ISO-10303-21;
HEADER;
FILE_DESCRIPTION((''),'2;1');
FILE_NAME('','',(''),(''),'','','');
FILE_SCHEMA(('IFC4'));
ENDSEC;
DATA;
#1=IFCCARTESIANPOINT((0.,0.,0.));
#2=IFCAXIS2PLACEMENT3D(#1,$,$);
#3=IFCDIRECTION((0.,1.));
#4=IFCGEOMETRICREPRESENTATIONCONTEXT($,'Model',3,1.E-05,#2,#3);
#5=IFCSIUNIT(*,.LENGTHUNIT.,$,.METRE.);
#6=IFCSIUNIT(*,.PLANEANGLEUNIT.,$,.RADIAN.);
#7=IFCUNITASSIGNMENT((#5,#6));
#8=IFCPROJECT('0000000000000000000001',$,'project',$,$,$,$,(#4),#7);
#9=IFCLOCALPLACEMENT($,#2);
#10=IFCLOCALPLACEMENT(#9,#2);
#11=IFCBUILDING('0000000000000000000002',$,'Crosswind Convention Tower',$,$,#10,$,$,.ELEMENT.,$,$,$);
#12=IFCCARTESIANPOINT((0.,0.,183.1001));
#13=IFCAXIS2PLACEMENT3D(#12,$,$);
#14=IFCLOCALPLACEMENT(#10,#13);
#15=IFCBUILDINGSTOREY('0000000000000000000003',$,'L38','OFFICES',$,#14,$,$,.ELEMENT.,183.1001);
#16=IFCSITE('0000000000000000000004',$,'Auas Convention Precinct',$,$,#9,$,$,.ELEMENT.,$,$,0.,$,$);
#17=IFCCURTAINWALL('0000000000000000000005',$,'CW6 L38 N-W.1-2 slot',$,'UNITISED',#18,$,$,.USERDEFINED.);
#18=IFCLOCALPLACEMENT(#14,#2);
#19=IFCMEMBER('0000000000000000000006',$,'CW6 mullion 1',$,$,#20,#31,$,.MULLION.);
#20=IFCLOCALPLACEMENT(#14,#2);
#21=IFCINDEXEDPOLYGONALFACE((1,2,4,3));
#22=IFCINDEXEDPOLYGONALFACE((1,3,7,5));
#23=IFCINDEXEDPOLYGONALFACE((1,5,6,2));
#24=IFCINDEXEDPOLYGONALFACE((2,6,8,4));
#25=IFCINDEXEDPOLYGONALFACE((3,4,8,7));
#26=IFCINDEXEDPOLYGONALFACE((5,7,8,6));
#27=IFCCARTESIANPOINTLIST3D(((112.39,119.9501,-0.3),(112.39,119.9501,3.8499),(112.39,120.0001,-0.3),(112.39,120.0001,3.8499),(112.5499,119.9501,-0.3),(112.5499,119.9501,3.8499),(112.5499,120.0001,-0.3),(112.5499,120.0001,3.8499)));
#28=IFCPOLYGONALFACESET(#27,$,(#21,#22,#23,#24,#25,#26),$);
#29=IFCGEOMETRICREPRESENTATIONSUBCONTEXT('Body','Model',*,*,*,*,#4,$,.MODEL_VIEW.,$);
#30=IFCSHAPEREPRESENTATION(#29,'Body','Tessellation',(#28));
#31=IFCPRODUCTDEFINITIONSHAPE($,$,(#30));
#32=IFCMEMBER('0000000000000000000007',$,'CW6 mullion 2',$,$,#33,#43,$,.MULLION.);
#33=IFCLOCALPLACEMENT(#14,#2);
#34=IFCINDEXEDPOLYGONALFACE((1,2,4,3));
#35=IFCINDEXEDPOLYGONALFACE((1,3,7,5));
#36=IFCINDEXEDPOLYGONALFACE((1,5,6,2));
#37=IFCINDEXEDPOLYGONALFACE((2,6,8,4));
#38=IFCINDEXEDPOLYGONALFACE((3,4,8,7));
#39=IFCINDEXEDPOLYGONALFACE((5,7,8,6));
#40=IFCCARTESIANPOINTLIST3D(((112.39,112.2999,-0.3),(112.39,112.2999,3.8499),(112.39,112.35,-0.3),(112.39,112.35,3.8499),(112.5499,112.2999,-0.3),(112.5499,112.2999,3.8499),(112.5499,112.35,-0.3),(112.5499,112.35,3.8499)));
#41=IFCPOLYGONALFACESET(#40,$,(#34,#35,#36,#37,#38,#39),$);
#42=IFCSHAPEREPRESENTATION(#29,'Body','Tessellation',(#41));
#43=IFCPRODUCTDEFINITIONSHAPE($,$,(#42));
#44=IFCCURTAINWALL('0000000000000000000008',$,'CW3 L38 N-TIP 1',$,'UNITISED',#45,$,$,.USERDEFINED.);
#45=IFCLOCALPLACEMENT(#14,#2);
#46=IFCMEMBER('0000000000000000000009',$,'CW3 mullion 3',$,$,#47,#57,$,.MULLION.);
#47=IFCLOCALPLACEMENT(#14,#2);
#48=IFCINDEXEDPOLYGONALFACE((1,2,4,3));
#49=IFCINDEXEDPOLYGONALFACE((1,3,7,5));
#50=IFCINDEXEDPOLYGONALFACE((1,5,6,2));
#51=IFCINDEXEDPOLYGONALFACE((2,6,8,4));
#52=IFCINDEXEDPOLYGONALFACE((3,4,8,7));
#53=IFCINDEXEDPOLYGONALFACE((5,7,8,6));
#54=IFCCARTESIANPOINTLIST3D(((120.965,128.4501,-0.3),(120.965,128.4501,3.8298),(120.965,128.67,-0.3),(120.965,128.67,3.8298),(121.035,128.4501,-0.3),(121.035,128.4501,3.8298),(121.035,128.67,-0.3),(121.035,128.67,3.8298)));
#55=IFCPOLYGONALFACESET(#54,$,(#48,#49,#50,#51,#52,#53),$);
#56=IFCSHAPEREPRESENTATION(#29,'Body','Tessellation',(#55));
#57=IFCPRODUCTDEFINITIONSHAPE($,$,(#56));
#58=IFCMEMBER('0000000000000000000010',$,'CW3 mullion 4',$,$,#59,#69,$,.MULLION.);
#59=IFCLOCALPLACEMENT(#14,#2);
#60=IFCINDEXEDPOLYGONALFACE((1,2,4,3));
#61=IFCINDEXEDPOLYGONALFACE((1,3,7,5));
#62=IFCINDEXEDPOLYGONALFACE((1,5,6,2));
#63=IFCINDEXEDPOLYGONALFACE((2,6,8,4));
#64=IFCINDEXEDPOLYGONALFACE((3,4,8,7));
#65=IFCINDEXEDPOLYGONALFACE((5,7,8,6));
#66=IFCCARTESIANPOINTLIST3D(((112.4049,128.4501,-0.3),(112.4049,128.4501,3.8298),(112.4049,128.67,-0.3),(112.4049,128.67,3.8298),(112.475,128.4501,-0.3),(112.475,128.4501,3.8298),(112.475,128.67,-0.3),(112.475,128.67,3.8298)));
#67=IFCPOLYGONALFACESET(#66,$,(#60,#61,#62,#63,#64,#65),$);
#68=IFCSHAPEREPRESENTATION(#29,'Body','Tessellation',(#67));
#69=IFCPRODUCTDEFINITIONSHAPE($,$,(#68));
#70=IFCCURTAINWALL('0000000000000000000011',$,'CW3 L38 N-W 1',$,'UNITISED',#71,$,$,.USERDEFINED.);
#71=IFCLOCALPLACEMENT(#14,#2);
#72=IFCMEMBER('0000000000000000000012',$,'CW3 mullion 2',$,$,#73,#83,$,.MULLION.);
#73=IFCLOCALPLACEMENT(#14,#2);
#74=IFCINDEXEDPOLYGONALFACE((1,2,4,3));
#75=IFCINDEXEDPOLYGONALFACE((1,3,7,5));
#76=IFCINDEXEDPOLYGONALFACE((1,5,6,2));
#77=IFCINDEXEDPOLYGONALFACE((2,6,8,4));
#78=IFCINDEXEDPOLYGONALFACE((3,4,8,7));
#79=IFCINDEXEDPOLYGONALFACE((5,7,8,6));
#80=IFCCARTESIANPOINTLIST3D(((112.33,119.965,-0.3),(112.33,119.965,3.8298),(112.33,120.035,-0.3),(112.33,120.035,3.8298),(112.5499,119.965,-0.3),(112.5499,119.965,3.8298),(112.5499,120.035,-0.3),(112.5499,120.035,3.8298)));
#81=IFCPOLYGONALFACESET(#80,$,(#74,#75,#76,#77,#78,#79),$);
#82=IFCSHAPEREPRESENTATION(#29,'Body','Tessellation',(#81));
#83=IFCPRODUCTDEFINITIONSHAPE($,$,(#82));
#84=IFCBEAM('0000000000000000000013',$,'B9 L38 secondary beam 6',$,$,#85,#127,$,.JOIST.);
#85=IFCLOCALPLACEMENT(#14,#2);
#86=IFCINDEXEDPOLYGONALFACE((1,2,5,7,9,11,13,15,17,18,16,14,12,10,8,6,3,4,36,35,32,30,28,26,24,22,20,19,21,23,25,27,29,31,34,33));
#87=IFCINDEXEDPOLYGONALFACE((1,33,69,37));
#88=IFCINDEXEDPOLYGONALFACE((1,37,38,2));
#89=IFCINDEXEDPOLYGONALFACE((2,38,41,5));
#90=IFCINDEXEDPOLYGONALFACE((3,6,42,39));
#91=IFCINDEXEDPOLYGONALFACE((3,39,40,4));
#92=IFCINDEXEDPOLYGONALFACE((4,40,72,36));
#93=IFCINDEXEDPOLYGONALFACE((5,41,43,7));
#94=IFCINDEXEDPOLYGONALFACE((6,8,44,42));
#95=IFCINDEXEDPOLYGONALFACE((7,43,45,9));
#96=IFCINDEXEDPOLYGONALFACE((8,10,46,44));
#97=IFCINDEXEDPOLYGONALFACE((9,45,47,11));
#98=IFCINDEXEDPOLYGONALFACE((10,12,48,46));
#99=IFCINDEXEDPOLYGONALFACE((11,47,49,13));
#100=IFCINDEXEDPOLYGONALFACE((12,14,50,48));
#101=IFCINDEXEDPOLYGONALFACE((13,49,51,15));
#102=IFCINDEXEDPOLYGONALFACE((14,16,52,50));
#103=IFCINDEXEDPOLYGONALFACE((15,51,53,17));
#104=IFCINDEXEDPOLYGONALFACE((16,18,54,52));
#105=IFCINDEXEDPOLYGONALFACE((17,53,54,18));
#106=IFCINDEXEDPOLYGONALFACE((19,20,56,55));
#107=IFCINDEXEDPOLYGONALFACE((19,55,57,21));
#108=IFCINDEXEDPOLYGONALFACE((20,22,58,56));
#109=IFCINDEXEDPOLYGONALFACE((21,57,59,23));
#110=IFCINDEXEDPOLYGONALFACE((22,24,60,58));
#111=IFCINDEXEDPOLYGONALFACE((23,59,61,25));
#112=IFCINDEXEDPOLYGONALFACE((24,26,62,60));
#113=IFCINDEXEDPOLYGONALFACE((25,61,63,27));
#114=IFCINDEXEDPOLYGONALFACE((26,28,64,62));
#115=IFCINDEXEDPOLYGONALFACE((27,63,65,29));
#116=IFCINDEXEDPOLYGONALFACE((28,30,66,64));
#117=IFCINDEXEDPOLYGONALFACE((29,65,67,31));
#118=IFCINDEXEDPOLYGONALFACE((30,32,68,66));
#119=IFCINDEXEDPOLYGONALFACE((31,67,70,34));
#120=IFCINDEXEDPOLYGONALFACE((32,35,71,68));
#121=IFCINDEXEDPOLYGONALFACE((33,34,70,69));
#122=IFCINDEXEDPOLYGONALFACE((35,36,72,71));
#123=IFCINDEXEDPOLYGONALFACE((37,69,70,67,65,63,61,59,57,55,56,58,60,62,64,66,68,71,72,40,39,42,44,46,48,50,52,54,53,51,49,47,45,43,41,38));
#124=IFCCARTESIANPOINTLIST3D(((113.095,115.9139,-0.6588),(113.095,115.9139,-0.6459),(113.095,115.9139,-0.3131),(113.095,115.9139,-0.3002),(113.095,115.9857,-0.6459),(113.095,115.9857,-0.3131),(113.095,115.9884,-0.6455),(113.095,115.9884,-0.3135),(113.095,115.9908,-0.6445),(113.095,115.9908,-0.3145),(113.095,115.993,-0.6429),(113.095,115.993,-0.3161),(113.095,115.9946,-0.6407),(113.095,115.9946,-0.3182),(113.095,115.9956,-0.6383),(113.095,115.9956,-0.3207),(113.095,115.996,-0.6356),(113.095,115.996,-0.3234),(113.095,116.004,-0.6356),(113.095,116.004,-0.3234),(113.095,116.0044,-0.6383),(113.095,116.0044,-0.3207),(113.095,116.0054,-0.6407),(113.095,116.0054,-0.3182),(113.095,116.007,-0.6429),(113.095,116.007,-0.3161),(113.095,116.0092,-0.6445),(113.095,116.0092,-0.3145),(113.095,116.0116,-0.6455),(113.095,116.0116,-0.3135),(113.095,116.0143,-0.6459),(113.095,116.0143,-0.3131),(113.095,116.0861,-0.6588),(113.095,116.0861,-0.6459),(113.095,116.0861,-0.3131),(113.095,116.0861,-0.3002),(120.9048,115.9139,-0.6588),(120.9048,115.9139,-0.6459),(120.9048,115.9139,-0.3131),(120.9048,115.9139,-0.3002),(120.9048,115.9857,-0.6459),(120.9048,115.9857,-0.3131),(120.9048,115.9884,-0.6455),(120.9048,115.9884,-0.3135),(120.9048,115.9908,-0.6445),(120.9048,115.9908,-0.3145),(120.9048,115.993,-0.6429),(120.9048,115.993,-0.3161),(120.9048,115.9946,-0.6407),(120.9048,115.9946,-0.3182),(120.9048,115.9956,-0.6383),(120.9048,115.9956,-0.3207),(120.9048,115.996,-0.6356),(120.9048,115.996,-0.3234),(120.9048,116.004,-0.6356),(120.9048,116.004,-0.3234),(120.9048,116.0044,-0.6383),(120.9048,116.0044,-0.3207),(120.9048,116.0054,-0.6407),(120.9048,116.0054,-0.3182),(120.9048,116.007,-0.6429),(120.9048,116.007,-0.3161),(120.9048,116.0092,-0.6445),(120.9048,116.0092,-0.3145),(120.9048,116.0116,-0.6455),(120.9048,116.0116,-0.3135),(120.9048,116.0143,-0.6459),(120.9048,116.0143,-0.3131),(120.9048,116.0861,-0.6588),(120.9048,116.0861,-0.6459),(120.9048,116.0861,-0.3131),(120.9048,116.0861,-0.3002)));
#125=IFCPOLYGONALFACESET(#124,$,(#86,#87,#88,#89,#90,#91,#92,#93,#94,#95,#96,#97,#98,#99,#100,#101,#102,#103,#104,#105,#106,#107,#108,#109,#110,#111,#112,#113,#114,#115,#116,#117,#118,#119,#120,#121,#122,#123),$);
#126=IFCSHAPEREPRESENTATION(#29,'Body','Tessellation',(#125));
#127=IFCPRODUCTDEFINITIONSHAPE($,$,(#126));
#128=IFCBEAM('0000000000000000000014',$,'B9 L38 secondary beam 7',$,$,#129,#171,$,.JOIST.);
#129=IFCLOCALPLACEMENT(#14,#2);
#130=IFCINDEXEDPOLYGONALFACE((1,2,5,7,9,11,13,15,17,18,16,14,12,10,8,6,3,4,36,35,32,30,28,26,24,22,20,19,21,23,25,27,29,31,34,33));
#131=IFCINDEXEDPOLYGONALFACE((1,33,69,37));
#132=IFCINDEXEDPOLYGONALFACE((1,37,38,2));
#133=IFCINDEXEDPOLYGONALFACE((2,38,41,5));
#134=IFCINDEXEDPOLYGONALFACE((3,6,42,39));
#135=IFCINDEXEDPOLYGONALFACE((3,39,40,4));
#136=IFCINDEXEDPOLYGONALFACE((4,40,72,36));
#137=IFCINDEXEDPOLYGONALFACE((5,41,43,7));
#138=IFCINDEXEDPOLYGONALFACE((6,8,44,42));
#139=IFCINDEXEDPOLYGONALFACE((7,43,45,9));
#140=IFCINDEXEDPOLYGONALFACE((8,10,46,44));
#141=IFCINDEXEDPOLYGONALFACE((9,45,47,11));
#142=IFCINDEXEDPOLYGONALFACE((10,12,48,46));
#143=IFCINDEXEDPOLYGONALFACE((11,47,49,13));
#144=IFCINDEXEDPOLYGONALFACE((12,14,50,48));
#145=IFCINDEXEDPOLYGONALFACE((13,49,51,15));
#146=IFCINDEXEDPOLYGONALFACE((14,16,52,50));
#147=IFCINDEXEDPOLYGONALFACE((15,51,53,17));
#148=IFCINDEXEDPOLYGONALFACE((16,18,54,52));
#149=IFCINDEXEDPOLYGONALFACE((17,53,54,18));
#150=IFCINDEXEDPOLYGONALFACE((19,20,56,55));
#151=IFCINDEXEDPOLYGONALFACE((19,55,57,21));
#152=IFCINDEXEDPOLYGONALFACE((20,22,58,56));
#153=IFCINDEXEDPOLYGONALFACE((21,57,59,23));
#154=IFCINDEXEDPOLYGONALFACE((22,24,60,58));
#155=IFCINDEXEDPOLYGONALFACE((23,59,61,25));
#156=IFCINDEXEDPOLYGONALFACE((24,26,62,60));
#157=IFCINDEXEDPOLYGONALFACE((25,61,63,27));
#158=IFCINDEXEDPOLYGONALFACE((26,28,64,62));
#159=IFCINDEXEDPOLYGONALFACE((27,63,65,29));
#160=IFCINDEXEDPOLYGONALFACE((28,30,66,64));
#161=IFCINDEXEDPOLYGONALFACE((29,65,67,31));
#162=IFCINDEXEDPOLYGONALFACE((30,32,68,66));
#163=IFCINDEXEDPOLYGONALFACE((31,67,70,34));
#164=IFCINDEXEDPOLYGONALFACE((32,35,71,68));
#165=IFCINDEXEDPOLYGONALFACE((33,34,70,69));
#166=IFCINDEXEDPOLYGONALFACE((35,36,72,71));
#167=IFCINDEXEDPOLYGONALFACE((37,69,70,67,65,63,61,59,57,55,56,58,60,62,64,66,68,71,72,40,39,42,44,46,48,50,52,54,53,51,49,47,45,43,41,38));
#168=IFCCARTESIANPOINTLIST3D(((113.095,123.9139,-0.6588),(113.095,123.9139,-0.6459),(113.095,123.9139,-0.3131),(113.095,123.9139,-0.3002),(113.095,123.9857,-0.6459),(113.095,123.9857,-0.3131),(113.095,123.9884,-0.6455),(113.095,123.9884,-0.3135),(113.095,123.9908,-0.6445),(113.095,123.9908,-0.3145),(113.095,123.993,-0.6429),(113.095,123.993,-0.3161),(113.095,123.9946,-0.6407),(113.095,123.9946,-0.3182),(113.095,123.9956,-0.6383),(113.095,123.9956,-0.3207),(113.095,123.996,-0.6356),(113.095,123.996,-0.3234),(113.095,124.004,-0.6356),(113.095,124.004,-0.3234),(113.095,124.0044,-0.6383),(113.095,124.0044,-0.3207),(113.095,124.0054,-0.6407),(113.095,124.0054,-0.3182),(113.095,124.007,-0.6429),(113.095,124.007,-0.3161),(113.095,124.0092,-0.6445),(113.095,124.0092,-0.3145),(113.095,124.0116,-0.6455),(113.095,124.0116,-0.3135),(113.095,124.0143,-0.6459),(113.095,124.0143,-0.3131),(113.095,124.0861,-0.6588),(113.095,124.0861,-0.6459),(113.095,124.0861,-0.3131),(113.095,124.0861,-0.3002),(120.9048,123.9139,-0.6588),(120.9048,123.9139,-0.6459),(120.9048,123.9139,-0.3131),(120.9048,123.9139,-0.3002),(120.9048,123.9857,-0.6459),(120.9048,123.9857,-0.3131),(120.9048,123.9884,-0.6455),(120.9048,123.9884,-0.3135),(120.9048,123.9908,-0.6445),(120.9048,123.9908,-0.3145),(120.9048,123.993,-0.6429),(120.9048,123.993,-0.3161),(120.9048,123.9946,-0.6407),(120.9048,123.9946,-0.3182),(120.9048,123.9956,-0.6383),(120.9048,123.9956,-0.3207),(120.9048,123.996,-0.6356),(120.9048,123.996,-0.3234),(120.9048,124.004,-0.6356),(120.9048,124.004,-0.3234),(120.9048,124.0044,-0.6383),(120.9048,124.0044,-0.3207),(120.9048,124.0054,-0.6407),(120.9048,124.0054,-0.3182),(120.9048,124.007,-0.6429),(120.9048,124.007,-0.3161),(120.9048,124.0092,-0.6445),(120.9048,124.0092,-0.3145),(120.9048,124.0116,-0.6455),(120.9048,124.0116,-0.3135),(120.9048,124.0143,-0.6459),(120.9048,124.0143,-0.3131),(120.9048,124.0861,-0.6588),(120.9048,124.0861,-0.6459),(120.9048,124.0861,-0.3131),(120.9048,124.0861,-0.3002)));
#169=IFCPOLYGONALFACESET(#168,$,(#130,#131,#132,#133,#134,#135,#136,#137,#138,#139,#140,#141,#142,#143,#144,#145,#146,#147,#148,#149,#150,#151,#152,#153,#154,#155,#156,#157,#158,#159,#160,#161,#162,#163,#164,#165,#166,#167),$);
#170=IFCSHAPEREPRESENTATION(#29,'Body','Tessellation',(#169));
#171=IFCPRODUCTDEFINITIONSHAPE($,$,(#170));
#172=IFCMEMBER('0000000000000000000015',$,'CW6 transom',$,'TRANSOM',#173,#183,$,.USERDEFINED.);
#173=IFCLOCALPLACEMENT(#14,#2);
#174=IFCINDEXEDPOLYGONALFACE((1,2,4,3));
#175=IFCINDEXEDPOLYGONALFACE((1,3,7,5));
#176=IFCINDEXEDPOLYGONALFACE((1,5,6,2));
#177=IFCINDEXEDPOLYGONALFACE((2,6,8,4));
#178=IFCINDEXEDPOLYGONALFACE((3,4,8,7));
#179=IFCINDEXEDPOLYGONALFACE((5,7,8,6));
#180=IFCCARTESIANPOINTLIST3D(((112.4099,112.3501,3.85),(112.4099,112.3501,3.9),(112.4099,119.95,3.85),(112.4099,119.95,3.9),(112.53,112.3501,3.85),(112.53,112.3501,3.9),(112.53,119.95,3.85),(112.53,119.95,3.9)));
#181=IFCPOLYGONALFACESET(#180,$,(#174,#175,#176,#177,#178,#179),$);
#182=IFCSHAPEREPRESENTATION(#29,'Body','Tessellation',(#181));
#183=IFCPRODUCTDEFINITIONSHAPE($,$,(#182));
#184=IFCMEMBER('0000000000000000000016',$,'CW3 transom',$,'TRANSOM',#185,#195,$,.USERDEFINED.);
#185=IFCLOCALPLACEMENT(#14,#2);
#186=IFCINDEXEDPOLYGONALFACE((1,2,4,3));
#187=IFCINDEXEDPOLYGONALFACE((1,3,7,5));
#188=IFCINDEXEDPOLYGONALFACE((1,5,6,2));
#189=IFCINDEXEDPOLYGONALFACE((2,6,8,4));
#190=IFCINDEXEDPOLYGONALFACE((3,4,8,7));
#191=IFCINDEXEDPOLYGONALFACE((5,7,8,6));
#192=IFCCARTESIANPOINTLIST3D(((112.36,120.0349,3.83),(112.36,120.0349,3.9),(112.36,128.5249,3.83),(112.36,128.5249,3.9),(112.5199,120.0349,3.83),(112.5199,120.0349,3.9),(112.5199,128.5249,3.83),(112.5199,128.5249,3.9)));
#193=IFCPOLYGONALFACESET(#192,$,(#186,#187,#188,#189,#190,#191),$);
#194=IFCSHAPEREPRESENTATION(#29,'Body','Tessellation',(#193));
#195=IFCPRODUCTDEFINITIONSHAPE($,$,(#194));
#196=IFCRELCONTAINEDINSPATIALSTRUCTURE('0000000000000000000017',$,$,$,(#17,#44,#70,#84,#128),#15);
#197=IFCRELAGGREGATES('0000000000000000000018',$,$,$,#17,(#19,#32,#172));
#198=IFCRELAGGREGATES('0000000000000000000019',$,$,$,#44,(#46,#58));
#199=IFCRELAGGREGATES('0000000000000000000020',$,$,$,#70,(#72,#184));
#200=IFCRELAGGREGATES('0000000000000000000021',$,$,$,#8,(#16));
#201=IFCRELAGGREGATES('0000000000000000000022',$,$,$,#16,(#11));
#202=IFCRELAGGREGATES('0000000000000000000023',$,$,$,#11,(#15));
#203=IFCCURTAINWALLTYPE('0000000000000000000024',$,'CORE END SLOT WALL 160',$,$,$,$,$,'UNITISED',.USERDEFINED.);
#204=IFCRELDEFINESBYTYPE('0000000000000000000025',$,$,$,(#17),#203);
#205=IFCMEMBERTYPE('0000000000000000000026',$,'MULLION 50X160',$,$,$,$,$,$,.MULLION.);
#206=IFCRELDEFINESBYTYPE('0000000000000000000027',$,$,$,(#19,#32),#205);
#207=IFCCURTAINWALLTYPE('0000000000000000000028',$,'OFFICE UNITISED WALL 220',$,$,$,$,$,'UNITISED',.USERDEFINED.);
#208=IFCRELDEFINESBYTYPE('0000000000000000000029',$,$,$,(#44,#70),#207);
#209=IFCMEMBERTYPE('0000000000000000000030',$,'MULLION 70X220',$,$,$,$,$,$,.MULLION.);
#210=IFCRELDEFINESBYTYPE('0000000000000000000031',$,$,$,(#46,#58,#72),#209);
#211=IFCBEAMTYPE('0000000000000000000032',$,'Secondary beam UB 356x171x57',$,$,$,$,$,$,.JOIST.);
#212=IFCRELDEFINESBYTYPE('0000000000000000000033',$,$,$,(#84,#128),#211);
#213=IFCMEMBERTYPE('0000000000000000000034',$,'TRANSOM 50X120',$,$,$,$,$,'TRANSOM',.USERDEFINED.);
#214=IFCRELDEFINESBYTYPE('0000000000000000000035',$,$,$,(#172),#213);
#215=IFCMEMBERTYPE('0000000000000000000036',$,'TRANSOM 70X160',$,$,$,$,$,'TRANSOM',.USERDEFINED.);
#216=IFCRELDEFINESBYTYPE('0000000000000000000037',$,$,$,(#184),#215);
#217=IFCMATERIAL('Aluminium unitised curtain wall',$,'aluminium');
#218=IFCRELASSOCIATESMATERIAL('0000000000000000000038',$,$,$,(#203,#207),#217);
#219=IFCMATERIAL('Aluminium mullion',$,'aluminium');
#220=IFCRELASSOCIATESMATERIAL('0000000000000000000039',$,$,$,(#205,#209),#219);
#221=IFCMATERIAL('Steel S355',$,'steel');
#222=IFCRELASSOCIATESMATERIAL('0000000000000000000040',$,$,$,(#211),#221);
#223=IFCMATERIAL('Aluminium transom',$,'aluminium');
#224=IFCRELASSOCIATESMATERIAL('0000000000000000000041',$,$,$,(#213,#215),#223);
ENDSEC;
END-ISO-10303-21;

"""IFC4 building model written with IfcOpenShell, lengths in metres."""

from ifc_helpers import new_model, si_unit, direction, frame, origin, origin_2d, place, context, subcontext, project, spatial, rectangle, i_section, extrude, material, material_profile, profile_set, type_object, element, aggregate, save


model = new_model("IFC4")

# Units and contexts
model_context = context("Model", 3, precision=1e-05, world=origin(), true_north=direction((0.0, 1.0)))
body_context = subcontext(model_context, "Body", "Model", "MODEL_VIEW")
ifc_project = project(units=[si_unit("LENGTHUNIT", "METRE"), si_unit("PLANEANGLEUNIT", "RADIAN")], contexts=[model_context])

# Site, building, storey
site_placement = place(None, origin())
site = spatial("IfcSite", under=ifc_project, at=site_placement, Name="Auas Convention Precinct", CompositionType="ELEMENT", RefElevation=0.0)
building_placement = place(site_placement, origin())
building = spatial("IfcBuilding", under=site, at=building_placement, Name="Crosswind Convention Tower", CompositionType="ELEMENT")
storey_placement = place(building_placement, frame((0.0, 0.0, 183.1001)))
storey = spatial("IfcBuildingStorey", under=building, at=storey_placement, Name="L38", Description="OFFICES", CompositionType="ELEMENT", Elevation=183.1001)

# Shared definitions
ifc_material_1 = material(Name="Steel S355", Category="steel")

# Curtain walls, members
ifc_material_2 = material(Name="Aluminium unitised curtain wall", Category="aluminium")
curtain_wall_type_1 = type_object("IfcCurtainWallType", Name="CORE END SLOT WALL 160", ElementType="UNITISED", PredefinedType="USERDEFINED", material=ifc_material_2)
curtain_wall_1_placement = place(storey_placement, origin())
curtain_wall_1 = element("IfcCurtainWall", 1, at=curtain_wall_1_placement, inside=storey, type_object=curtain_wall_type_1, Name="CW6 L38 N-W.1-2 slot", ObjectType="UNITISED", PredefinedType="USERDEFINED")
ifc_material_3 = material(Name="Aluminium mullion", Category="aluminium")
ifc_material_profile_1 = material_profile(ifc_material_3, rectangle(XDim=0.1599, YDim=0.05, at=origin_2d()), Name="AL 160X50")
ifc_profile_set_1 = profile_set([ifc_material_profile_1], Name="Aluminium mullion")
member_type_1 = type_object("IfcMemberType", Name="MULLION 50X160", PredefinedType="MULLION", material=ifc_profile_set_1)
member_1_placement = place(storey_placement, frame((112.47, 119.9751, -0.3), z_axis=(0.0, 0.0, 1.0), x_axis=(-1.0, 0.0, 0.0)))
member_1 = element("IfcMember", 2, at=member_1_placement, type_object=member_type_1, Name="CW6 mullion 1", PredefinedType="MULLION", context=body_context, shape_type="SweptSolid", body=[
    extrude(rectangle(XDim=0.1599, YDim=0.05, at=origin_2d()), origin(), (0.0, 0.0, 1.0), 4.1499),
])
member_2_placement = place(storey_placement, frame((112.47, 112.325, -0.3), z_axis=(0.0, 0.0, 1.0), x_axis=(-1.0, 0.0, 0.0)))
member_2 = element("IfcMember", 3, at=member_2_placement, type_object=member_type_1, Name="CW6 mullion 2", PredefinedType="MULLION", context=body_context, shape_type="SweptSolid", body=[
    extrude(rectangle(XDim=0.1599, YDim=0.05, at=origin_2d()), origin(), (0.0, 0.0, 1.0), 4.1499),
])
curtain_wall_type_2 = type_object("IfcCurtainWallType", Name="OFFICE UNITISED WALL 220", ElementType="UNITISED", PredefinedType="USERDEFINED", material=ifc_material_2)
curtain_wall_2_placement = place(storey_placement, origin())
curtain_wall_2 = element("IfcCurtainWall", 4, at=curtain_wall_2_placement, inside=storey, type_object=curtain_wall_type_2, Name="CW3 L38 N-TIP 1", ObjectType="UNITISED", PredefinedType="USERDEFINED")
ifc_material_profile_2 = material_profile(ifc_material_3, rectangle(XDim=0.22, YDim=0.0701, at=origin_2d()), Name="AL 220X70")
ifc_profile_set_2 = profile_set([ifc_material_profile_2], Name="Aluminium mullion")
member_type_2 = type_object("IfcMemberType", Name="MULLION 70X220", PredefinedType="MULLION", material=ifc_profile_set_2)
member_3_placement = place(storey_placement, frame((121.0, 128.5601, -0.3), z_axis=(0.0, 0.0, 1.0), x_axis=(0.0, 1.0, 0.0)))
member_3 = element("IfcMember", 5, at=member_3_placement, type_object=member_type_2, Name="CW3 mullion 3", PredefinedType="MULLION", context=body_context, shape_type="SweptSolid", body=[
    extrude(rectangle(XDim=0.22, YDim=0.0701, at=origin_2d()), origin(), (0.0, 0.0, 1.0), 4.1299),
])
member_4_placement = place(storey_placement, frame((112.4399, 128.5601, -0.3), z_axis=(0.0, 0.0, 1.0), x_axis=(0.0, 1.0, 0.0)))
member_4 = element("IfcMember", 6, at=member_4_placement, type_object=member_type_2, Name="CW3 mullion 4", PredefinedType="MULLION", context=body_context, shape_type="SweptSolid", body=[
    extrude(rectangle(XDim=0.22, YDim=0.0701, at=origin_2d()), origin(), (0.0, 0.0, 1.0), 4.1299),
])

# Curtain wall, member
curtain_wall_3_placement = place(storey_placement, origin())
curtain_wall_3 = element("IfcCurtainWall", 7, at=curtain_wall_3_placement, inside=storey, type_object=curtain_wall_type_2, Name="CW3 L38 N-W 1", ObjectType="UNITISED", PredefinedType="USERDEFINED")
member_5_placement = place(storey_placement, frame((112.4399, 120.0, -0.3), z_axis=(0.0, 0.0, 1.0), x_axis=(-1.0, 0.0, 0.0)))
member_5 = element("IfcMember", 8, at=member_5_placement, type_object=member_type_2, Name="CW3 mullion 2", PredefinedType="MULLION", context=body_context, shape_type="SweptSolid", body=[
    extrude(rectangle(XDim=0.22, YDim=0.0701, at=origin_2d()), origin(), (0.0, 0.0, 1.0), 4.1299),
])

# Beams
ifc_material_profile_3 = material_profile(ifc_material_1, i_section(OverallWidth=0.1721, OverallDepth=0.3586, WebThickness=0.0081, FlangeThickness=0.0129, FilletRadius=0.0103, at=origin_2d()), Name="UB 356x171x57")
ifc_profile_set_3 = profile_set([ifc_material_profile_3], Name="Steel S355")
beam_type_1 = type_object("IfcBeamType", Name="Secondary beam UB 356x171x57", PredefinedType="JOIST", material=ifc_profile_set_3)
for number, where, z_axis, x_axis, name in (
    (9, (113.095, 116.0, -0.4795), (1.0, 0.0, 0.0), (0.0, 1.0, 0.0), "B9 L38 secondary beam 6"),
    (10, (113.095, 124.0, -0.4795), (1.0, 0.0, 0.0), (0.0, 1.0, 0.0), "B9 L38 secondary beam 7"),
):
    element("IfcBeam", number, at=place(storey_placement, frame(where, z_axis=z_axis, x_axis=x_axis)), inside=storey, type_object=beam_type_1, Name=name, PredefinedType="JOIST", context=body_context, shape_type="SweptSolid", body=[
        extrude(i_section(OverallWidth=0.1721, OverallDepth=0.3586, WebThickness=0.0081, FlangeThickness=0.0129, FilletRadius=0.0103, at=origin_2d()), origin(), (0.0, 0.0, 1.0), 7.8098),
    ])

# Members
ifc_material_4 = material(Name="Aluminium transom", Category="aluminium")
ifc_material_profile_4 = material_profile(ifc_material_4, rectangle(XDim=0.1201, YDim=0.05, at=origin_2d()), Name="AL 120X50")
ifc_profile_set_4 = profile_set([ifc_material_profile_4], Name="Aluminium transom")
member_type_3 = type_object("IfcMemberType", Name="TRANSOM 50X120", ElementType="TRANSOM", PredefinedType="USERDEFINED", material=ifc_profile_set_4)
member_6_placement = place(storey_placement, frame((112.47, 119.95, 3.875), z_axis=(0.0, -1.0, 0.0), x_axis=(1.0, 0.0, 0.0)))
member_6 = element("IfcMember", 11, at=member_6_placement, type_object=member_type_3, Name="CW6 transom", ObjectType="TRANSOM", PredefinedType="USERDEFINED", context=body_context, shape_type="SweptSolid", body=[
    extrude(rectangle(XDim=0.1201, YDim=0.05, at=origin_2d()), origin(), (0.0, 0.0, 1.0), 7.5999),
])
ifc_material_profile_5 = material_profile(ifc_material_4, rectangle(XDim=0.1599, YDim=0.0701, at=origin_2d()), Name="AL 160X70")
ifc_profile_set_5 = profile_set([ifc_material_profile_5], Name="Aluminium transom")
member_type_4 = type_object("IfcMemberType", Name="TRANSOM 70X160", ElementType="TRANSOM", PredefinedType="USERDEFINED", material=ifc_profile_set_5)
member_7_placement = place(storey_placement, frame((112.4399, 128.5249, 3.865), z_axis=(0.0, -1.0, 0.0), x_axis=(1.0, 0.0, 0.0)))
member_7 = element("IfcMember", 12, at=member_7_placement, type_object=member_type_4, Name="CW3 transom", ObjectType="TRANSOM", PredefinedType="USERDEFINED", context=body_context, shape_type="SweptSolid", body=[
    extrude(rectangle(XDim=0.1599, YDim=0.0701, at=origin_2d()), origin(), (0.0, 0.0, 1.0), 8.49),
])

aggregate(curtain_wall_1, [member_1, member_2, member_6])
aggregate(curtain_wall_2, [member_3, member_4])

aggregate(curtain_wall_3, [member_5, member_7])

save(model, "model.ifc")
